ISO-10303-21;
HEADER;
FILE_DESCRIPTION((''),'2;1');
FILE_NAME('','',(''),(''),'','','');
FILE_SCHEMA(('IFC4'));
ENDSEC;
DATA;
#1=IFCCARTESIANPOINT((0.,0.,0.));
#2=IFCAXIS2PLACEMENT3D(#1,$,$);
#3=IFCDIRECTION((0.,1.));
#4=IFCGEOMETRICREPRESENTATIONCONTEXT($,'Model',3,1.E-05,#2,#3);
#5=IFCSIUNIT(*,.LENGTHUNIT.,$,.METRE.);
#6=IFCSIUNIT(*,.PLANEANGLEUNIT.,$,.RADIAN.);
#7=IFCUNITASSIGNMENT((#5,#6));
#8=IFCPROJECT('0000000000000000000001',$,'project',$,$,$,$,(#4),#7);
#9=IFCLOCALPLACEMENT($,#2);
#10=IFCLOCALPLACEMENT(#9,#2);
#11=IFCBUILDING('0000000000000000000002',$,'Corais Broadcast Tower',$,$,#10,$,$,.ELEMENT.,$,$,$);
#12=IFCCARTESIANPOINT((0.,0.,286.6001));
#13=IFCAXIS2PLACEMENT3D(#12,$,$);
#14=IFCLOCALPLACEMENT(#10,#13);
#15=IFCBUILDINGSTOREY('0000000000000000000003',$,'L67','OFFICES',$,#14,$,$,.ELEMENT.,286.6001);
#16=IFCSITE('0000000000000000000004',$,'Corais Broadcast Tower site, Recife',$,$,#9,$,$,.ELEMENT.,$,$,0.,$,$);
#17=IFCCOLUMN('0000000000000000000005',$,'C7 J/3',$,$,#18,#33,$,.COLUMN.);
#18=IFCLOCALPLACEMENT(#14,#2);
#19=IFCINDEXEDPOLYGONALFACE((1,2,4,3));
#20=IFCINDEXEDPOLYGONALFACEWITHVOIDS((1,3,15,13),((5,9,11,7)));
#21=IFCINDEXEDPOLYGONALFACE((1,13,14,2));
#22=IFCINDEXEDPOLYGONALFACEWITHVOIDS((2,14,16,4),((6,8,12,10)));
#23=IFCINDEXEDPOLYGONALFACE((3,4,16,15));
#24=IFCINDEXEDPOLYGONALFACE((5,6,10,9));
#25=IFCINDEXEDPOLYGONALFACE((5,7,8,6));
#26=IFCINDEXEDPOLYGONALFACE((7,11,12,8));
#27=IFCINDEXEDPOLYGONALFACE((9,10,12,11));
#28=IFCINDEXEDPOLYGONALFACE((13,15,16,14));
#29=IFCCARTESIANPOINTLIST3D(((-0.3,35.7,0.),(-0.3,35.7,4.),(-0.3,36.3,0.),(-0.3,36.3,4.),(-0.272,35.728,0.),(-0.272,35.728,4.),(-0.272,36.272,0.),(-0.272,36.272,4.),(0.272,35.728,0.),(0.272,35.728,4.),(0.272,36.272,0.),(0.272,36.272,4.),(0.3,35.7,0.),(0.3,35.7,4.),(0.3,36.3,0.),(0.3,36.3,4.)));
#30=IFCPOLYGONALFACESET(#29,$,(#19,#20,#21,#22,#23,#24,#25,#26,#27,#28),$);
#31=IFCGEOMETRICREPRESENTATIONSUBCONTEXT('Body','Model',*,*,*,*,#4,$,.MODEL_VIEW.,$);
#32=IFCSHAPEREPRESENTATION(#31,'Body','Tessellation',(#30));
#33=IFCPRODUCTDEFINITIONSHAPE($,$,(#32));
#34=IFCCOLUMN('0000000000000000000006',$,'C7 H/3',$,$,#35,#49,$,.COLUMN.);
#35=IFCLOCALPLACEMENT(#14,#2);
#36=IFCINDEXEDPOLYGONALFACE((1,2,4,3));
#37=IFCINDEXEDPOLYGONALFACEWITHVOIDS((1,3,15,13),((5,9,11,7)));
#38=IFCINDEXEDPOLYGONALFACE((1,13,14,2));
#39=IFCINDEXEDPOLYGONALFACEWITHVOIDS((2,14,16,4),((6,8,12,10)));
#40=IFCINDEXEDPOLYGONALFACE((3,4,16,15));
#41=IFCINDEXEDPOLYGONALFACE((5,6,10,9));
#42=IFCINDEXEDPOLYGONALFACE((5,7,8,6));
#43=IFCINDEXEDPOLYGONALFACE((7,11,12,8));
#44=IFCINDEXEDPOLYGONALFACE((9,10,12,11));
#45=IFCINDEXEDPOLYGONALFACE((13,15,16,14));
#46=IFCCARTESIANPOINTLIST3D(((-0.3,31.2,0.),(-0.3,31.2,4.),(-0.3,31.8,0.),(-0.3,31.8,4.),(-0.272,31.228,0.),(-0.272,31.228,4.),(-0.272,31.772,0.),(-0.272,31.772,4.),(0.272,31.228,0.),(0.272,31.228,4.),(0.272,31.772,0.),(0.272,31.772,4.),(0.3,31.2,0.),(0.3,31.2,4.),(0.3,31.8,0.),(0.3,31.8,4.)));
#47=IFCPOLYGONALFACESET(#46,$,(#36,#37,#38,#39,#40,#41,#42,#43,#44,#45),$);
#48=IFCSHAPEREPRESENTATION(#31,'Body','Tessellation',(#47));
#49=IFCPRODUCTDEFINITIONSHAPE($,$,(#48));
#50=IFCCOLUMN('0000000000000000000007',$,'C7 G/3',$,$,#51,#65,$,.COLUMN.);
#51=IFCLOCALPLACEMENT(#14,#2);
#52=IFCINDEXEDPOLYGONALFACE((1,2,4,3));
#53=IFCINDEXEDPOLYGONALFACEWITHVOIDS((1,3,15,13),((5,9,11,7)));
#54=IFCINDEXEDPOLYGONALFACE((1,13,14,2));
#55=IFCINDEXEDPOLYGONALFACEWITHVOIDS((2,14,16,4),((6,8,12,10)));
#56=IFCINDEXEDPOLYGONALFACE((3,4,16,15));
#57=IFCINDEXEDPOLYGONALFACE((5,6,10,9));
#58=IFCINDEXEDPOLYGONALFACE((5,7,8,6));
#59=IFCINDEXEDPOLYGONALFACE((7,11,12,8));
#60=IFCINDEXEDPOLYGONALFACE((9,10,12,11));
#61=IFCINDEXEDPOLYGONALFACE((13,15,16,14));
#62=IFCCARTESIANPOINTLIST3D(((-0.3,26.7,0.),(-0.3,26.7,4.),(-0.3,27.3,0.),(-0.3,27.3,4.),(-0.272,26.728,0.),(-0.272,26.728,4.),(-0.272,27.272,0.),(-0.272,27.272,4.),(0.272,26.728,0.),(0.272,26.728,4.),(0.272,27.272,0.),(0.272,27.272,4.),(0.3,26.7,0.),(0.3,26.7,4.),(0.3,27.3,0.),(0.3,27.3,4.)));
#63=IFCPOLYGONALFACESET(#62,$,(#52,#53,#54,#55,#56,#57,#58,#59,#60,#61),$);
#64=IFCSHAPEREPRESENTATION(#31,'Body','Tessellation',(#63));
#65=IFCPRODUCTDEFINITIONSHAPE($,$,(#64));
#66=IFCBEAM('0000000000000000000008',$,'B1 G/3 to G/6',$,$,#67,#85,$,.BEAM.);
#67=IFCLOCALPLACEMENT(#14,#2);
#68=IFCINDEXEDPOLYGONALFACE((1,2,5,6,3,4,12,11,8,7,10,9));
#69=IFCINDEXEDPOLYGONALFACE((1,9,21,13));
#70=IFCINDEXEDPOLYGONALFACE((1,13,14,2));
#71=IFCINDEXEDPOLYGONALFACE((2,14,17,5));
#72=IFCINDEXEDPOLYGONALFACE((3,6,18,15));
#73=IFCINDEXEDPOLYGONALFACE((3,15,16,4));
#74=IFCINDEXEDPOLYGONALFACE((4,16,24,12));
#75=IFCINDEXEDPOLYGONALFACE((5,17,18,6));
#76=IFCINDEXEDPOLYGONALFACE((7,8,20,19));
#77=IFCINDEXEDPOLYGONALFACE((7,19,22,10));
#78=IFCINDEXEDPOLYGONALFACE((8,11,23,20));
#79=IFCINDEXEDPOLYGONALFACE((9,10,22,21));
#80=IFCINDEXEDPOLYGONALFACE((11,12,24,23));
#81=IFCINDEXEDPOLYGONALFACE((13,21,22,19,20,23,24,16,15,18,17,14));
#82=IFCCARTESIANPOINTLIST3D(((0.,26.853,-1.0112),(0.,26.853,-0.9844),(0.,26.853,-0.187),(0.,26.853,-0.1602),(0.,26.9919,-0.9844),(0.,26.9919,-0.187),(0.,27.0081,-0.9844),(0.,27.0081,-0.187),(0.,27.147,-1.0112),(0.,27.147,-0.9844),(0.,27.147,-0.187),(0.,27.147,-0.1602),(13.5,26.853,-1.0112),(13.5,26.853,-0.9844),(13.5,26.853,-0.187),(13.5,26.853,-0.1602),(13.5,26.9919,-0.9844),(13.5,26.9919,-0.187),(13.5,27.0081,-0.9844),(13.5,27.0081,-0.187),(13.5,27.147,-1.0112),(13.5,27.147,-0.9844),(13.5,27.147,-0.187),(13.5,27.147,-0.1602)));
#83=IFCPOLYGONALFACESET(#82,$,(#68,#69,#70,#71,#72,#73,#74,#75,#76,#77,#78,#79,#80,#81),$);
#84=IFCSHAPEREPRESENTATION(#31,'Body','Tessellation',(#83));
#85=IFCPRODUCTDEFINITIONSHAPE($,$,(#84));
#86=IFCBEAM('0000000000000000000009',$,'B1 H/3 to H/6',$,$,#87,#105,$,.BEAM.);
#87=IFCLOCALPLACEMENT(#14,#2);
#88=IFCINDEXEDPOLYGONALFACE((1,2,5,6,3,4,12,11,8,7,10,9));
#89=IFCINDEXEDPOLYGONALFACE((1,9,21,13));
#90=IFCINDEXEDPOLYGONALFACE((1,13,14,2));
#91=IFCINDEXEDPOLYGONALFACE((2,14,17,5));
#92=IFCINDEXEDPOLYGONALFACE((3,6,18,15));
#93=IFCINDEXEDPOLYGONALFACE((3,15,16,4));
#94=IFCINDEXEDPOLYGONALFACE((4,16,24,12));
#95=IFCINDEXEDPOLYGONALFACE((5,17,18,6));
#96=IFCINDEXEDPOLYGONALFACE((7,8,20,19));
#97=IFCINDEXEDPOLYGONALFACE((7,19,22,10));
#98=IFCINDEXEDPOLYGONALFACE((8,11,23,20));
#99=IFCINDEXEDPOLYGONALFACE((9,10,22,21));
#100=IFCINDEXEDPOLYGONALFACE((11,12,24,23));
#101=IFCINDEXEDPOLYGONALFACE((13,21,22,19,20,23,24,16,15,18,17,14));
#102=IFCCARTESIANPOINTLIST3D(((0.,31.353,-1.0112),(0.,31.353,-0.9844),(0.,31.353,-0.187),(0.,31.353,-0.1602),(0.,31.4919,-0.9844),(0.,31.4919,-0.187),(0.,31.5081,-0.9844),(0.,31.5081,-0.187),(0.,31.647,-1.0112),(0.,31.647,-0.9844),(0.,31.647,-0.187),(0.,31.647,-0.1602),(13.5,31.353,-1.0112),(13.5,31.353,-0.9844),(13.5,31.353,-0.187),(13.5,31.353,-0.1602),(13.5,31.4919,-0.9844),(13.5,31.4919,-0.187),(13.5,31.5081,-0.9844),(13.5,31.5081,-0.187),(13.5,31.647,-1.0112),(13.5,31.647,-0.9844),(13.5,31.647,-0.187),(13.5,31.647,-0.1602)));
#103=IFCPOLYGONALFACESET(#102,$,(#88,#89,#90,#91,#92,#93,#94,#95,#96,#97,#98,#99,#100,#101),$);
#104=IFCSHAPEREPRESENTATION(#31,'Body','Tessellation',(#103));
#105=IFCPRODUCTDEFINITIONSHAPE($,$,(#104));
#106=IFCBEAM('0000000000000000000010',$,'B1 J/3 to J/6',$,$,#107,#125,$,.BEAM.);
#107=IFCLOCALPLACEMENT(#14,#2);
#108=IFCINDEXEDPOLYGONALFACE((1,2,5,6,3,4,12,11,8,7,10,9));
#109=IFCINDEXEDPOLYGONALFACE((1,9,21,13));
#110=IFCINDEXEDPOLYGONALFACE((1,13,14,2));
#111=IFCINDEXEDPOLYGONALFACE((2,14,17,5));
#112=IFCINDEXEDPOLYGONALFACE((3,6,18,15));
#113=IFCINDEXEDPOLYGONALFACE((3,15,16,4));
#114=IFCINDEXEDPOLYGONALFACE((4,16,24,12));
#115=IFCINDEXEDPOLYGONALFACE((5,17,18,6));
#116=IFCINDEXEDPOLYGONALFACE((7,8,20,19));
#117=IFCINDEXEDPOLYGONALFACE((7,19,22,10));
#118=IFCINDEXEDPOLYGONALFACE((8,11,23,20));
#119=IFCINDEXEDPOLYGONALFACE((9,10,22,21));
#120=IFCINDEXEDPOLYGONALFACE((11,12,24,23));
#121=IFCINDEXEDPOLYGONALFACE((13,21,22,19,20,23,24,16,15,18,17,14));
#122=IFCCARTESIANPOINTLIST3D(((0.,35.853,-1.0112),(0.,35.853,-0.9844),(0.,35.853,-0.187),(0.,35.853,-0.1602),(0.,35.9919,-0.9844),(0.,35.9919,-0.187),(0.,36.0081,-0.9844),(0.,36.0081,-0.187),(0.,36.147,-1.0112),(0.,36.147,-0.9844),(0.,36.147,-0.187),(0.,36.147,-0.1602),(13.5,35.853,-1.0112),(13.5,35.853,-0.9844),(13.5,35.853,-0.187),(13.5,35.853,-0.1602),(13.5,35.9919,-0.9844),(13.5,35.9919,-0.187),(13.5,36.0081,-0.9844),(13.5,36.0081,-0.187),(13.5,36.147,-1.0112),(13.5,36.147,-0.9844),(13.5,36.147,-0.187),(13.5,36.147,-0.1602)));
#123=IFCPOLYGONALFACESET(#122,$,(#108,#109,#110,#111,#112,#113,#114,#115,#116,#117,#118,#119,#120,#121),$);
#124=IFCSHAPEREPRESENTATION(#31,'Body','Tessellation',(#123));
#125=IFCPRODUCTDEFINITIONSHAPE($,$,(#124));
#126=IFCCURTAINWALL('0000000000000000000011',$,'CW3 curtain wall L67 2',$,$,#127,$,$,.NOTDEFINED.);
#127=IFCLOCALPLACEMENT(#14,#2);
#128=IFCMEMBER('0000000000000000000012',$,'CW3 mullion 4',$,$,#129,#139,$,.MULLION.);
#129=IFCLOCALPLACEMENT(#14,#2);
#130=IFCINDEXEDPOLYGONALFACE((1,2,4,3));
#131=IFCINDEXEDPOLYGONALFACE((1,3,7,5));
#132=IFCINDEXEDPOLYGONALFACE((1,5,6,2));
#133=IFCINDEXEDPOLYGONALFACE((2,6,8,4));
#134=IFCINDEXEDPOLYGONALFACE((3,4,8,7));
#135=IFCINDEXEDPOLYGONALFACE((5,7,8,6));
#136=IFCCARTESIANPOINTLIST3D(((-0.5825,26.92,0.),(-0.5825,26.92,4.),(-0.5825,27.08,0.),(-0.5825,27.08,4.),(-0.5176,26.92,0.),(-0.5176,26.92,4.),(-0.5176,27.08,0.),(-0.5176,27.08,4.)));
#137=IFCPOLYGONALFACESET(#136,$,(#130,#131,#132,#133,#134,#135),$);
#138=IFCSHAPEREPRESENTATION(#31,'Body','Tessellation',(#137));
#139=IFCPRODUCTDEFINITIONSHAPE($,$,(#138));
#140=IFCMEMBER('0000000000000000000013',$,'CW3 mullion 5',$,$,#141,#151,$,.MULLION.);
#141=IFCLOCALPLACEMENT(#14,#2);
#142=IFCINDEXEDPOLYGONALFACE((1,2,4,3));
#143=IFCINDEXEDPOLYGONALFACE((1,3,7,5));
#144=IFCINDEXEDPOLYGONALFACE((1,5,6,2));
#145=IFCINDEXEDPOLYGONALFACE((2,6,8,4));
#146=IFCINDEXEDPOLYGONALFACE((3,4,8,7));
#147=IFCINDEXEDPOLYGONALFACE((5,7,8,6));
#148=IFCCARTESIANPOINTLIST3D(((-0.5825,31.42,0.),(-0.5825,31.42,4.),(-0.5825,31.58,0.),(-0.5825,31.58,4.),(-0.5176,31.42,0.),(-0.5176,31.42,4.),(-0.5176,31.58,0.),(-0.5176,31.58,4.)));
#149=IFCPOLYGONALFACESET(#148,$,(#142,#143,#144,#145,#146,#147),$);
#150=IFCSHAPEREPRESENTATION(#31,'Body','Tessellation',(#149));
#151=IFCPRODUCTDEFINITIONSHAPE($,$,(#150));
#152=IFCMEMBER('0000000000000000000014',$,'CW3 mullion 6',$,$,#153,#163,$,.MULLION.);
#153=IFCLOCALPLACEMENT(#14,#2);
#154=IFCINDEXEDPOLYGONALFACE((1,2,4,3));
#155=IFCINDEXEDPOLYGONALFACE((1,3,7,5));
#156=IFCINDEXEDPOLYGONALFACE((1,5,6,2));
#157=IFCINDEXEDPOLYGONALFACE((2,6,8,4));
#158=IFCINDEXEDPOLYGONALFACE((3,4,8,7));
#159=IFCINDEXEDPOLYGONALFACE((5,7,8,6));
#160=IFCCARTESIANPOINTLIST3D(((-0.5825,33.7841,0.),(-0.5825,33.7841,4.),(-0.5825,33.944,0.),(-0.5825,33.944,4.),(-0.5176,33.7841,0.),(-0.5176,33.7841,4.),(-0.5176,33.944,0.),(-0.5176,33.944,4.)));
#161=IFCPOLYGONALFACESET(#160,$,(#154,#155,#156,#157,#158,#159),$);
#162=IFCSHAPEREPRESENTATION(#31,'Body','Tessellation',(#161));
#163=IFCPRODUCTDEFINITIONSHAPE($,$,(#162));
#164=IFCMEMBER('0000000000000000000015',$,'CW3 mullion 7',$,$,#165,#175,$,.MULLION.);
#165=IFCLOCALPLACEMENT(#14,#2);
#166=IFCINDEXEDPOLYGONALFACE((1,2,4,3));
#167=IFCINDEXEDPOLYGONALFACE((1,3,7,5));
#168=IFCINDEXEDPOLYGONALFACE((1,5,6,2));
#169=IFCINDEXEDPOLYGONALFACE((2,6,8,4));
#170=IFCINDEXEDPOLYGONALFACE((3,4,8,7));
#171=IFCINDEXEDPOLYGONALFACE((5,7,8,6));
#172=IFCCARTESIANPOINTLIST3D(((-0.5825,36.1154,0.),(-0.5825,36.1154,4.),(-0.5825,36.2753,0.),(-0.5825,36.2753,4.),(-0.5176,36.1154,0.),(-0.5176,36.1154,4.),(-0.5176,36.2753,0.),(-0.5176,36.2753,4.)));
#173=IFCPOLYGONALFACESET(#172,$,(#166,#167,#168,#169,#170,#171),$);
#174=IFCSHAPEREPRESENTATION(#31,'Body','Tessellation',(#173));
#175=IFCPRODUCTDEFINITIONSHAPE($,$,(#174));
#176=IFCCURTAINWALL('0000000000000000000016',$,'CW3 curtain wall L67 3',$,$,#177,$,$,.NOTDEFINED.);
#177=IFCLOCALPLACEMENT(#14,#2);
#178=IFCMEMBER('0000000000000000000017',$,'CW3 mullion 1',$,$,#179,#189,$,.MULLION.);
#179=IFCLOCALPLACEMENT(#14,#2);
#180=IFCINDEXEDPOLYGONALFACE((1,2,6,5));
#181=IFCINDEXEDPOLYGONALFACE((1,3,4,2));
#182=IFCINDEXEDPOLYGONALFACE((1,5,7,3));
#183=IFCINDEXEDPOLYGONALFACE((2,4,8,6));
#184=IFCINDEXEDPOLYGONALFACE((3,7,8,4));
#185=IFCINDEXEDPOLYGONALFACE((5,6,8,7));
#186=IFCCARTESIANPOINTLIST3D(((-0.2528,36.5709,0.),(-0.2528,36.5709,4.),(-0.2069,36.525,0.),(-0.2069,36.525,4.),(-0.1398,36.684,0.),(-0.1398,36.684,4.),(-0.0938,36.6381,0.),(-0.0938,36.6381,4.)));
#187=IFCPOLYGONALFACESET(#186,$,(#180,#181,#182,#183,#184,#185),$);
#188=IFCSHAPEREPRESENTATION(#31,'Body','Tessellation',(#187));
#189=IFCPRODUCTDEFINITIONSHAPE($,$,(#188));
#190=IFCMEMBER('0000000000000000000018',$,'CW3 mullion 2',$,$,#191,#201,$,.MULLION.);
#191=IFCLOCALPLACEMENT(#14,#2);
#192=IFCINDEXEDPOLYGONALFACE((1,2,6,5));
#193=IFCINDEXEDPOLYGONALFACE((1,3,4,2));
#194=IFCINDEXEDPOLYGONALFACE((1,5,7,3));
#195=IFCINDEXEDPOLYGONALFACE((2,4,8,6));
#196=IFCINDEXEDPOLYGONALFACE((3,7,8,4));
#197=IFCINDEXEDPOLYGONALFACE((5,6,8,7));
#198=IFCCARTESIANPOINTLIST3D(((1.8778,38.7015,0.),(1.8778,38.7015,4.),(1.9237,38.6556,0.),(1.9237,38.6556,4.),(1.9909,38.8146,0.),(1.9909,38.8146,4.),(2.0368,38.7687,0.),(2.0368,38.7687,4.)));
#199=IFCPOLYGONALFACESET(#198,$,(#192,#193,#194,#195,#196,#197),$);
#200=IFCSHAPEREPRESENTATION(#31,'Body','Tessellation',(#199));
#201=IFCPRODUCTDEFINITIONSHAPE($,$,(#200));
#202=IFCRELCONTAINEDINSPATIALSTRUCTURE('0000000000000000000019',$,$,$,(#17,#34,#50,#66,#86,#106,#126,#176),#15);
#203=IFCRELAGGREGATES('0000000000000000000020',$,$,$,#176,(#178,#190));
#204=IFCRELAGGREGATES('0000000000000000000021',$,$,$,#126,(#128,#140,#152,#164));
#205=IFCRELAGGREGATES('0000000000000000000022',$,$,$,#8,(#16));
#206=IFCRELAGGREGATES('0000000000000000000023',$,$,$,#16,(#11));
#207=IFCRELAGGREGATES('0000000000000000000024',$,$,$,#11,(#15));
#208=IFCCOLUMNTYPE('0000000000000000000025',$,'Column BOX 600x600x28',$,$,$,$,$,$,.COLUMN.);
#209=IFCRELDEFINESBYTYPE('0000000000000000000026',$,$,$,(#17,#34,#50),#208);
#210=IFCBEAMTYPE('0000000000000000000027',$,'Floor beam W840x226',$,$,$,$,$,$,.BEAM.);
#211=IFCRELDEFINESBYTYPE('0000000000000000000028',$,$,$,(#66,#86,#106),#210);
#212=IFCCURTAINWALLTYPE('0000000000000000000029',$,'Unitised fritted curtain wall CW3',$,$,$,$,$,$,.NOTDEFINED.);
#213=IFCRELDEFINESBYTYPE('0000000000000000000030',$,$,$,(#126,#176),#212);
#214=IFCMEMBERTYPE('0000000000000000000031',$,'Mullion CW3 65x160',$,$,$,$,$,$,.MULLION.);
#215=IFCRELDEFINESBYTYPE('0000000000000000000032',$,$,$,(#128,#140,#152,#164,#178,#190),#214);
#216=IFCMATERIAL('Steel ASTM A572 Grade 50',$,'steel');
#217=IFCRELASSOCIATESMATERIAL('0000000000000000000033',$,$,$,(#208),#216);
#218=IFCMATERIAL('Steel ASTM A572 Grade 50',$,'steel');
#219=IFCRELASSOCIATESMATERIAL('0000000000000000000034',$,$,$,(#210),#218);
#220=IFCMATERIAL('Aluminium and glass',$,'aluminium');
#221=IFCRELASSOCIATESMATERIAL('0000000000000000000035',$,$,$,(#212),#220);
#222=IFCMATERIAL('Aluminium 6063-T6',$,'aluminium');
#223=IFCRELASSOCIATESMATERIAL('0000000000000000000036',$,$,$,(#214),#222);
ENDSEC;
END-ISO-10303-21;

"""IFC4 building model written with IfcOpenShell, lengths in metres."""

from ifc_helpers import new_model, si_unit, direction, frame, origin, origin_2d, place, context, subcontext, project, spatial, rectangle, hollow_rectangle, i_section, extrude, material, material_profile, profile_set, type_object, element, aggregate, save


model = new_model("IFC4")

# Units and contexts
model_context = context("Model", 3, precision=1e-05, world=origin(), true_north=direction((0.0, 1.0)))
body_context = subcontext(model_context, "Body", "Model", "MODEL_VIEW")
ifc_project = project(units=[si_unit("LENGTHUNIT", "METRE"), si_unit("PLANEANGLEUNIT", "RADIAN")], contexts=[model_context])

# Site, building, storey
site_placement = place(None, origin())
site = spatial("IfcSite", under=ifc_project, at=site_placement, Name="Corais Broadcast Tower site, Recife", CompositionType="ELEMENT", RefElevation=0.0)
building_placement = place(site_placement, origin())
building = spatial("IfcBuilding", under=site, at=building_placement, Name="Corais Broadcast Tower", CompositionType="ELEMENT")
storey_placement = place(building_placement, frame((0.0, 0.0, 286.6001)))
storey = spatial("IfcBuildingStorey", under=building, at=storey_placement, Name="L67", Description="OFFICES", CompositionType="ELEMENT", Elevation=286.6001)

# Columns
ifc_material_1 = material(Name="Steel ASTM A572 Grade 50", Category="steel")
ifc_material_profile_1 = material_profile(ifc_material_1, hollow_rectangle(XDim=0.6001, YDim=0.6001, WallThickness=0.0281, at=origin_2d()), Name="BOX 600x600x28")
ifc_profile_set_1 = profile_set([ifc_material_profile_1], Name="Steel ASTM A572 Grade 50")
column_type = type_object("IfcColumnType", Name="Column BOX 600x600x28", PredefinedType="COLUMN", material=ifc_profile_set_1)
for number, where, z_axis, x_axis, name in (
    (1, (0.0, 36.0, 0.0), (0.0, 0.0, 1.0), (1.0, 0.0, 0.0), "C7 J/3"),
    (2, (0.0, 31.5, 0.0), (0.0, 0.0, 1.0), (1.0, 0.0, 0.0), "C7 H/3"),
    (3, (0.0, 27.0, 0.0), (0.0, 0.0, 1.0), (1.0, 0.0, 0.0), "C7 G/3"),
):
    element("IfcColumn", number, at=place(storey_placement, frame(where, z_axis=z_axis, x_axis=x_axis)), inside=storey, type_object=column_type, Name=name, PredefinedType="COLUMN", context=body_context, shape_type="SweptSolid", body=[
        extrude(hollow_rectangle(XDim=0.6001, YDim=0.6001, WallThickness=0.0281, at=origin_2d()), origin(), (0.0, 0.0, 1.0), 4.0),
    ])

# Beams
ifc_material_2 = material(Name="Steel ASTM A572 Grade 50", Category="steel")
ifc_material_profile_2 = material_profile(ifc_material_2, i_section(OverallWidth=0.2939, OverallDepth=0.8511, WebThickness=0.0161, FlangeThickness=0.0269, at=origin_2d()), Name="W840x226")
ifc_profile_set_2 = profile_set([ifc_material_profile_2], Name="Steel ASTM A572 Grade 50")
beam_type_1 = type_object("IfcBeamType", Name="Floor beam W840x226", PredefinedType="BEAM", material=ifc_profile_set_2)
for number, where, z_axis, x_axis, name in (
    (4, (0.0, 27.0, -0.5857), (1.0, 0.0, 0.0), (0.0, 1.0, 0.0), "B1 G/3 to G/6"),
    (5, (0.0, 31.5, -0.5857), (1.0, 0.0, 0.0), (0.0, 1.0, 0.0), "B1 H/3 to H/6"),
    (6, (0.0, 36.0, -0.5857), (1.0, 0.0, 0.0), (0.0, 1.0, 0.0), "B1 J/3 to J/6"),
):
    element("IfcBeam", number, at=place(storey_placement, frame(where, z_axis=z_axis, x_axis=x_axis)), inside=storey, type_object=beam_type_1, Name=name, PredefinedType="BEAM", context=body_context, shape_type="SweptSolid", body=[
        extrude(i_section(OverallWidth=0.2939, OverallDepth=0.8511, WebThickness=0.0161, FlangeThickness=0.0269, at=origin_2d()), origin(), (0.0, 0.0, 1.0), 13.5),
    ])

# Curtain walls, members
ifc_material_3 = material(Name="Aluminium and glass", Category="aluminium")
curtain_wall_type = type_object("IfcCurtainWallType", Name="Unitised fritted curtain wall CW3", PredefinedType="NOTDEFINED", material=ifc_material_3)
curtain_wall_1_placement = place(storey_placement, origin())
curtain_wall_1 = element("IfcCurtainWall", 7, at=curtain_wall_1_placement, inside=storey, type_object=curtain_wall_type, Name="CW3 curtain wall L67 2", PredefinedType="NOTDEFINED")
ifc_material_4 = material(Name="Aluminium 6063-T6", Category="aluminium")
ifc_material_profile_3 = material_profile(ifc_material_4, rectangle(XDim=0.0649, YDim=0.1599, at=origin_2d()), Name="Mullion CW3 65x160")
ifc_profile_set_3 = profile_set([ifc_material_profile_3], Name="Aluminium 6063-T6")
member_type_1 = type_object("IfcMemberType", Name="Mullion CW3 65x160", PredefinedType="MULLION", material=ifc_profile_set_3)
member_1_placement = place(storey_placement, frame((-0.55, 27.0, 0.0), z_axis=(0.0, 0.0, 1.0), x_axis=(-1.0, 0.0, 0.0)))
member_1 = element("IfcMember", 8, at=member_1_placement, type_object=member_type_1, Name="CW3 mullion 4", PredefinedType="MULLION", context=body_context, shape_type="SweptSolid", body=[
    extrude(rectangle(XDim=0.0649, YDim=0.1599, at=origin_2d()), origin(), (0.0, 0.0, 1.0), 4.0),
])
member_2_placement = place(storey_placement, frame((-0.55, 31.5, 0.0), z_axis=(0.0, 0.0, 1.0), x_axis=(-1.0, 0.0, 0.0)))
member_2 = element("IfcMember", 9, at=member_2_placement, type_object=member_type_1, Name="CW3 mullion 5", PredefinedType="MULLION", context=body_context, shape_type="SweptSolid", body=[
    extrude(rectangle(XDim=0.0649, YDim=0.1599, at=origin_2d()), origin(), (0.0, 0.0, 1.0), 4.0),
])
member_3_placement = place(storey_placement, frame((-0.55, 33.864, 0.0), z_axis=(0.0, 0.0, 1.0), x_axis=(-1.0, 0.0, 0.0)))
member_3 = element("IfcMember", 10, at=member_3_placement, type_object=member_type_1, Name="CW3 mullion 6", PredefinedType="MULLION", context=body_context, shape_type="SweptSolid", body=[
    extrude(rectangle(XDim=0.0649, YDim=0.1599, at=origin_2d()), origin(), (0.0, 0.0, 1.0), 4.0),
])
member_4_placement = place(storey_placement, frame((-0.55, 36.1953, 0.0), z_axis=(0.0, 0.0, 1.0), x_axis=(-1.0, 0.0, 0.0)))
member_4 = element("IfcMember", 11, at=member_4_placement, type_object=member_type_1, Name="CW3 mullion 7", PredefinedType="MULLION", context=body_context, shape_type="SweptSolid", body=[
    extrude(rectangle(XDim=0.0649, YDim=0.1599, at=origin_2d()), origin(), (0.0, 0.0, 1.0), 4.0),
])
curtain_wall_2_placement = place(storey_placement, origin())
curtain_wall_2 = element("IfcCurtainWall", 12, at=curtain_wall_2_placement, inside=storey, type_object=curtain_wall_type, Name="CW3 curtain wall L67 3", PredefinedType="NOTDEFINED")
member_5_placement = place(storey_placement, frame((-0.1733, 36.6045, 0.0), z_axis=(0.0, 0.0, 1.0), x_axis=(-0.707107, 0.707107, 0.0)))
member_5 = element("IfcMember", 13, at=member_5_placement, type_object=member_type_1, Name="CW3 mullion 1", PredefinedType="MULLION", context=body_context, shape_type="SweptSolid", body=[
    extrude(rectangle(XDim=0.0649, YDim=0.1599, at=origin_2d()), origin(), (0.0, 0.0, 1.0), 4.0),
])
member_6_placement = place(storey_placement, frame((1.9573, 38.7351, 0.0), z_axis=(0.0, 0.0, 1.0), x_axis=(-0.707107, 0.707107, 0.0)))
member_6 = element("IfcMember", 14, at=member_6_placement, type_object=member_type_1, Name="CW3 mullion 2", PredefinedType="MULLION", context=body_context, shape_type="SweptSolid", body=[
    extrude(rectangle(XDim=0.0649, YDim=0.1599, at=origin_2d()), origin(), (0.0, 0.0, 1.0), 4.0),
])

aggregate(curtain_wall_2, [member_5, member_6])
aggregate(curtain_wall_1, [member_1, member_2, member_3, member_4])

save(model, "model.ifc")
